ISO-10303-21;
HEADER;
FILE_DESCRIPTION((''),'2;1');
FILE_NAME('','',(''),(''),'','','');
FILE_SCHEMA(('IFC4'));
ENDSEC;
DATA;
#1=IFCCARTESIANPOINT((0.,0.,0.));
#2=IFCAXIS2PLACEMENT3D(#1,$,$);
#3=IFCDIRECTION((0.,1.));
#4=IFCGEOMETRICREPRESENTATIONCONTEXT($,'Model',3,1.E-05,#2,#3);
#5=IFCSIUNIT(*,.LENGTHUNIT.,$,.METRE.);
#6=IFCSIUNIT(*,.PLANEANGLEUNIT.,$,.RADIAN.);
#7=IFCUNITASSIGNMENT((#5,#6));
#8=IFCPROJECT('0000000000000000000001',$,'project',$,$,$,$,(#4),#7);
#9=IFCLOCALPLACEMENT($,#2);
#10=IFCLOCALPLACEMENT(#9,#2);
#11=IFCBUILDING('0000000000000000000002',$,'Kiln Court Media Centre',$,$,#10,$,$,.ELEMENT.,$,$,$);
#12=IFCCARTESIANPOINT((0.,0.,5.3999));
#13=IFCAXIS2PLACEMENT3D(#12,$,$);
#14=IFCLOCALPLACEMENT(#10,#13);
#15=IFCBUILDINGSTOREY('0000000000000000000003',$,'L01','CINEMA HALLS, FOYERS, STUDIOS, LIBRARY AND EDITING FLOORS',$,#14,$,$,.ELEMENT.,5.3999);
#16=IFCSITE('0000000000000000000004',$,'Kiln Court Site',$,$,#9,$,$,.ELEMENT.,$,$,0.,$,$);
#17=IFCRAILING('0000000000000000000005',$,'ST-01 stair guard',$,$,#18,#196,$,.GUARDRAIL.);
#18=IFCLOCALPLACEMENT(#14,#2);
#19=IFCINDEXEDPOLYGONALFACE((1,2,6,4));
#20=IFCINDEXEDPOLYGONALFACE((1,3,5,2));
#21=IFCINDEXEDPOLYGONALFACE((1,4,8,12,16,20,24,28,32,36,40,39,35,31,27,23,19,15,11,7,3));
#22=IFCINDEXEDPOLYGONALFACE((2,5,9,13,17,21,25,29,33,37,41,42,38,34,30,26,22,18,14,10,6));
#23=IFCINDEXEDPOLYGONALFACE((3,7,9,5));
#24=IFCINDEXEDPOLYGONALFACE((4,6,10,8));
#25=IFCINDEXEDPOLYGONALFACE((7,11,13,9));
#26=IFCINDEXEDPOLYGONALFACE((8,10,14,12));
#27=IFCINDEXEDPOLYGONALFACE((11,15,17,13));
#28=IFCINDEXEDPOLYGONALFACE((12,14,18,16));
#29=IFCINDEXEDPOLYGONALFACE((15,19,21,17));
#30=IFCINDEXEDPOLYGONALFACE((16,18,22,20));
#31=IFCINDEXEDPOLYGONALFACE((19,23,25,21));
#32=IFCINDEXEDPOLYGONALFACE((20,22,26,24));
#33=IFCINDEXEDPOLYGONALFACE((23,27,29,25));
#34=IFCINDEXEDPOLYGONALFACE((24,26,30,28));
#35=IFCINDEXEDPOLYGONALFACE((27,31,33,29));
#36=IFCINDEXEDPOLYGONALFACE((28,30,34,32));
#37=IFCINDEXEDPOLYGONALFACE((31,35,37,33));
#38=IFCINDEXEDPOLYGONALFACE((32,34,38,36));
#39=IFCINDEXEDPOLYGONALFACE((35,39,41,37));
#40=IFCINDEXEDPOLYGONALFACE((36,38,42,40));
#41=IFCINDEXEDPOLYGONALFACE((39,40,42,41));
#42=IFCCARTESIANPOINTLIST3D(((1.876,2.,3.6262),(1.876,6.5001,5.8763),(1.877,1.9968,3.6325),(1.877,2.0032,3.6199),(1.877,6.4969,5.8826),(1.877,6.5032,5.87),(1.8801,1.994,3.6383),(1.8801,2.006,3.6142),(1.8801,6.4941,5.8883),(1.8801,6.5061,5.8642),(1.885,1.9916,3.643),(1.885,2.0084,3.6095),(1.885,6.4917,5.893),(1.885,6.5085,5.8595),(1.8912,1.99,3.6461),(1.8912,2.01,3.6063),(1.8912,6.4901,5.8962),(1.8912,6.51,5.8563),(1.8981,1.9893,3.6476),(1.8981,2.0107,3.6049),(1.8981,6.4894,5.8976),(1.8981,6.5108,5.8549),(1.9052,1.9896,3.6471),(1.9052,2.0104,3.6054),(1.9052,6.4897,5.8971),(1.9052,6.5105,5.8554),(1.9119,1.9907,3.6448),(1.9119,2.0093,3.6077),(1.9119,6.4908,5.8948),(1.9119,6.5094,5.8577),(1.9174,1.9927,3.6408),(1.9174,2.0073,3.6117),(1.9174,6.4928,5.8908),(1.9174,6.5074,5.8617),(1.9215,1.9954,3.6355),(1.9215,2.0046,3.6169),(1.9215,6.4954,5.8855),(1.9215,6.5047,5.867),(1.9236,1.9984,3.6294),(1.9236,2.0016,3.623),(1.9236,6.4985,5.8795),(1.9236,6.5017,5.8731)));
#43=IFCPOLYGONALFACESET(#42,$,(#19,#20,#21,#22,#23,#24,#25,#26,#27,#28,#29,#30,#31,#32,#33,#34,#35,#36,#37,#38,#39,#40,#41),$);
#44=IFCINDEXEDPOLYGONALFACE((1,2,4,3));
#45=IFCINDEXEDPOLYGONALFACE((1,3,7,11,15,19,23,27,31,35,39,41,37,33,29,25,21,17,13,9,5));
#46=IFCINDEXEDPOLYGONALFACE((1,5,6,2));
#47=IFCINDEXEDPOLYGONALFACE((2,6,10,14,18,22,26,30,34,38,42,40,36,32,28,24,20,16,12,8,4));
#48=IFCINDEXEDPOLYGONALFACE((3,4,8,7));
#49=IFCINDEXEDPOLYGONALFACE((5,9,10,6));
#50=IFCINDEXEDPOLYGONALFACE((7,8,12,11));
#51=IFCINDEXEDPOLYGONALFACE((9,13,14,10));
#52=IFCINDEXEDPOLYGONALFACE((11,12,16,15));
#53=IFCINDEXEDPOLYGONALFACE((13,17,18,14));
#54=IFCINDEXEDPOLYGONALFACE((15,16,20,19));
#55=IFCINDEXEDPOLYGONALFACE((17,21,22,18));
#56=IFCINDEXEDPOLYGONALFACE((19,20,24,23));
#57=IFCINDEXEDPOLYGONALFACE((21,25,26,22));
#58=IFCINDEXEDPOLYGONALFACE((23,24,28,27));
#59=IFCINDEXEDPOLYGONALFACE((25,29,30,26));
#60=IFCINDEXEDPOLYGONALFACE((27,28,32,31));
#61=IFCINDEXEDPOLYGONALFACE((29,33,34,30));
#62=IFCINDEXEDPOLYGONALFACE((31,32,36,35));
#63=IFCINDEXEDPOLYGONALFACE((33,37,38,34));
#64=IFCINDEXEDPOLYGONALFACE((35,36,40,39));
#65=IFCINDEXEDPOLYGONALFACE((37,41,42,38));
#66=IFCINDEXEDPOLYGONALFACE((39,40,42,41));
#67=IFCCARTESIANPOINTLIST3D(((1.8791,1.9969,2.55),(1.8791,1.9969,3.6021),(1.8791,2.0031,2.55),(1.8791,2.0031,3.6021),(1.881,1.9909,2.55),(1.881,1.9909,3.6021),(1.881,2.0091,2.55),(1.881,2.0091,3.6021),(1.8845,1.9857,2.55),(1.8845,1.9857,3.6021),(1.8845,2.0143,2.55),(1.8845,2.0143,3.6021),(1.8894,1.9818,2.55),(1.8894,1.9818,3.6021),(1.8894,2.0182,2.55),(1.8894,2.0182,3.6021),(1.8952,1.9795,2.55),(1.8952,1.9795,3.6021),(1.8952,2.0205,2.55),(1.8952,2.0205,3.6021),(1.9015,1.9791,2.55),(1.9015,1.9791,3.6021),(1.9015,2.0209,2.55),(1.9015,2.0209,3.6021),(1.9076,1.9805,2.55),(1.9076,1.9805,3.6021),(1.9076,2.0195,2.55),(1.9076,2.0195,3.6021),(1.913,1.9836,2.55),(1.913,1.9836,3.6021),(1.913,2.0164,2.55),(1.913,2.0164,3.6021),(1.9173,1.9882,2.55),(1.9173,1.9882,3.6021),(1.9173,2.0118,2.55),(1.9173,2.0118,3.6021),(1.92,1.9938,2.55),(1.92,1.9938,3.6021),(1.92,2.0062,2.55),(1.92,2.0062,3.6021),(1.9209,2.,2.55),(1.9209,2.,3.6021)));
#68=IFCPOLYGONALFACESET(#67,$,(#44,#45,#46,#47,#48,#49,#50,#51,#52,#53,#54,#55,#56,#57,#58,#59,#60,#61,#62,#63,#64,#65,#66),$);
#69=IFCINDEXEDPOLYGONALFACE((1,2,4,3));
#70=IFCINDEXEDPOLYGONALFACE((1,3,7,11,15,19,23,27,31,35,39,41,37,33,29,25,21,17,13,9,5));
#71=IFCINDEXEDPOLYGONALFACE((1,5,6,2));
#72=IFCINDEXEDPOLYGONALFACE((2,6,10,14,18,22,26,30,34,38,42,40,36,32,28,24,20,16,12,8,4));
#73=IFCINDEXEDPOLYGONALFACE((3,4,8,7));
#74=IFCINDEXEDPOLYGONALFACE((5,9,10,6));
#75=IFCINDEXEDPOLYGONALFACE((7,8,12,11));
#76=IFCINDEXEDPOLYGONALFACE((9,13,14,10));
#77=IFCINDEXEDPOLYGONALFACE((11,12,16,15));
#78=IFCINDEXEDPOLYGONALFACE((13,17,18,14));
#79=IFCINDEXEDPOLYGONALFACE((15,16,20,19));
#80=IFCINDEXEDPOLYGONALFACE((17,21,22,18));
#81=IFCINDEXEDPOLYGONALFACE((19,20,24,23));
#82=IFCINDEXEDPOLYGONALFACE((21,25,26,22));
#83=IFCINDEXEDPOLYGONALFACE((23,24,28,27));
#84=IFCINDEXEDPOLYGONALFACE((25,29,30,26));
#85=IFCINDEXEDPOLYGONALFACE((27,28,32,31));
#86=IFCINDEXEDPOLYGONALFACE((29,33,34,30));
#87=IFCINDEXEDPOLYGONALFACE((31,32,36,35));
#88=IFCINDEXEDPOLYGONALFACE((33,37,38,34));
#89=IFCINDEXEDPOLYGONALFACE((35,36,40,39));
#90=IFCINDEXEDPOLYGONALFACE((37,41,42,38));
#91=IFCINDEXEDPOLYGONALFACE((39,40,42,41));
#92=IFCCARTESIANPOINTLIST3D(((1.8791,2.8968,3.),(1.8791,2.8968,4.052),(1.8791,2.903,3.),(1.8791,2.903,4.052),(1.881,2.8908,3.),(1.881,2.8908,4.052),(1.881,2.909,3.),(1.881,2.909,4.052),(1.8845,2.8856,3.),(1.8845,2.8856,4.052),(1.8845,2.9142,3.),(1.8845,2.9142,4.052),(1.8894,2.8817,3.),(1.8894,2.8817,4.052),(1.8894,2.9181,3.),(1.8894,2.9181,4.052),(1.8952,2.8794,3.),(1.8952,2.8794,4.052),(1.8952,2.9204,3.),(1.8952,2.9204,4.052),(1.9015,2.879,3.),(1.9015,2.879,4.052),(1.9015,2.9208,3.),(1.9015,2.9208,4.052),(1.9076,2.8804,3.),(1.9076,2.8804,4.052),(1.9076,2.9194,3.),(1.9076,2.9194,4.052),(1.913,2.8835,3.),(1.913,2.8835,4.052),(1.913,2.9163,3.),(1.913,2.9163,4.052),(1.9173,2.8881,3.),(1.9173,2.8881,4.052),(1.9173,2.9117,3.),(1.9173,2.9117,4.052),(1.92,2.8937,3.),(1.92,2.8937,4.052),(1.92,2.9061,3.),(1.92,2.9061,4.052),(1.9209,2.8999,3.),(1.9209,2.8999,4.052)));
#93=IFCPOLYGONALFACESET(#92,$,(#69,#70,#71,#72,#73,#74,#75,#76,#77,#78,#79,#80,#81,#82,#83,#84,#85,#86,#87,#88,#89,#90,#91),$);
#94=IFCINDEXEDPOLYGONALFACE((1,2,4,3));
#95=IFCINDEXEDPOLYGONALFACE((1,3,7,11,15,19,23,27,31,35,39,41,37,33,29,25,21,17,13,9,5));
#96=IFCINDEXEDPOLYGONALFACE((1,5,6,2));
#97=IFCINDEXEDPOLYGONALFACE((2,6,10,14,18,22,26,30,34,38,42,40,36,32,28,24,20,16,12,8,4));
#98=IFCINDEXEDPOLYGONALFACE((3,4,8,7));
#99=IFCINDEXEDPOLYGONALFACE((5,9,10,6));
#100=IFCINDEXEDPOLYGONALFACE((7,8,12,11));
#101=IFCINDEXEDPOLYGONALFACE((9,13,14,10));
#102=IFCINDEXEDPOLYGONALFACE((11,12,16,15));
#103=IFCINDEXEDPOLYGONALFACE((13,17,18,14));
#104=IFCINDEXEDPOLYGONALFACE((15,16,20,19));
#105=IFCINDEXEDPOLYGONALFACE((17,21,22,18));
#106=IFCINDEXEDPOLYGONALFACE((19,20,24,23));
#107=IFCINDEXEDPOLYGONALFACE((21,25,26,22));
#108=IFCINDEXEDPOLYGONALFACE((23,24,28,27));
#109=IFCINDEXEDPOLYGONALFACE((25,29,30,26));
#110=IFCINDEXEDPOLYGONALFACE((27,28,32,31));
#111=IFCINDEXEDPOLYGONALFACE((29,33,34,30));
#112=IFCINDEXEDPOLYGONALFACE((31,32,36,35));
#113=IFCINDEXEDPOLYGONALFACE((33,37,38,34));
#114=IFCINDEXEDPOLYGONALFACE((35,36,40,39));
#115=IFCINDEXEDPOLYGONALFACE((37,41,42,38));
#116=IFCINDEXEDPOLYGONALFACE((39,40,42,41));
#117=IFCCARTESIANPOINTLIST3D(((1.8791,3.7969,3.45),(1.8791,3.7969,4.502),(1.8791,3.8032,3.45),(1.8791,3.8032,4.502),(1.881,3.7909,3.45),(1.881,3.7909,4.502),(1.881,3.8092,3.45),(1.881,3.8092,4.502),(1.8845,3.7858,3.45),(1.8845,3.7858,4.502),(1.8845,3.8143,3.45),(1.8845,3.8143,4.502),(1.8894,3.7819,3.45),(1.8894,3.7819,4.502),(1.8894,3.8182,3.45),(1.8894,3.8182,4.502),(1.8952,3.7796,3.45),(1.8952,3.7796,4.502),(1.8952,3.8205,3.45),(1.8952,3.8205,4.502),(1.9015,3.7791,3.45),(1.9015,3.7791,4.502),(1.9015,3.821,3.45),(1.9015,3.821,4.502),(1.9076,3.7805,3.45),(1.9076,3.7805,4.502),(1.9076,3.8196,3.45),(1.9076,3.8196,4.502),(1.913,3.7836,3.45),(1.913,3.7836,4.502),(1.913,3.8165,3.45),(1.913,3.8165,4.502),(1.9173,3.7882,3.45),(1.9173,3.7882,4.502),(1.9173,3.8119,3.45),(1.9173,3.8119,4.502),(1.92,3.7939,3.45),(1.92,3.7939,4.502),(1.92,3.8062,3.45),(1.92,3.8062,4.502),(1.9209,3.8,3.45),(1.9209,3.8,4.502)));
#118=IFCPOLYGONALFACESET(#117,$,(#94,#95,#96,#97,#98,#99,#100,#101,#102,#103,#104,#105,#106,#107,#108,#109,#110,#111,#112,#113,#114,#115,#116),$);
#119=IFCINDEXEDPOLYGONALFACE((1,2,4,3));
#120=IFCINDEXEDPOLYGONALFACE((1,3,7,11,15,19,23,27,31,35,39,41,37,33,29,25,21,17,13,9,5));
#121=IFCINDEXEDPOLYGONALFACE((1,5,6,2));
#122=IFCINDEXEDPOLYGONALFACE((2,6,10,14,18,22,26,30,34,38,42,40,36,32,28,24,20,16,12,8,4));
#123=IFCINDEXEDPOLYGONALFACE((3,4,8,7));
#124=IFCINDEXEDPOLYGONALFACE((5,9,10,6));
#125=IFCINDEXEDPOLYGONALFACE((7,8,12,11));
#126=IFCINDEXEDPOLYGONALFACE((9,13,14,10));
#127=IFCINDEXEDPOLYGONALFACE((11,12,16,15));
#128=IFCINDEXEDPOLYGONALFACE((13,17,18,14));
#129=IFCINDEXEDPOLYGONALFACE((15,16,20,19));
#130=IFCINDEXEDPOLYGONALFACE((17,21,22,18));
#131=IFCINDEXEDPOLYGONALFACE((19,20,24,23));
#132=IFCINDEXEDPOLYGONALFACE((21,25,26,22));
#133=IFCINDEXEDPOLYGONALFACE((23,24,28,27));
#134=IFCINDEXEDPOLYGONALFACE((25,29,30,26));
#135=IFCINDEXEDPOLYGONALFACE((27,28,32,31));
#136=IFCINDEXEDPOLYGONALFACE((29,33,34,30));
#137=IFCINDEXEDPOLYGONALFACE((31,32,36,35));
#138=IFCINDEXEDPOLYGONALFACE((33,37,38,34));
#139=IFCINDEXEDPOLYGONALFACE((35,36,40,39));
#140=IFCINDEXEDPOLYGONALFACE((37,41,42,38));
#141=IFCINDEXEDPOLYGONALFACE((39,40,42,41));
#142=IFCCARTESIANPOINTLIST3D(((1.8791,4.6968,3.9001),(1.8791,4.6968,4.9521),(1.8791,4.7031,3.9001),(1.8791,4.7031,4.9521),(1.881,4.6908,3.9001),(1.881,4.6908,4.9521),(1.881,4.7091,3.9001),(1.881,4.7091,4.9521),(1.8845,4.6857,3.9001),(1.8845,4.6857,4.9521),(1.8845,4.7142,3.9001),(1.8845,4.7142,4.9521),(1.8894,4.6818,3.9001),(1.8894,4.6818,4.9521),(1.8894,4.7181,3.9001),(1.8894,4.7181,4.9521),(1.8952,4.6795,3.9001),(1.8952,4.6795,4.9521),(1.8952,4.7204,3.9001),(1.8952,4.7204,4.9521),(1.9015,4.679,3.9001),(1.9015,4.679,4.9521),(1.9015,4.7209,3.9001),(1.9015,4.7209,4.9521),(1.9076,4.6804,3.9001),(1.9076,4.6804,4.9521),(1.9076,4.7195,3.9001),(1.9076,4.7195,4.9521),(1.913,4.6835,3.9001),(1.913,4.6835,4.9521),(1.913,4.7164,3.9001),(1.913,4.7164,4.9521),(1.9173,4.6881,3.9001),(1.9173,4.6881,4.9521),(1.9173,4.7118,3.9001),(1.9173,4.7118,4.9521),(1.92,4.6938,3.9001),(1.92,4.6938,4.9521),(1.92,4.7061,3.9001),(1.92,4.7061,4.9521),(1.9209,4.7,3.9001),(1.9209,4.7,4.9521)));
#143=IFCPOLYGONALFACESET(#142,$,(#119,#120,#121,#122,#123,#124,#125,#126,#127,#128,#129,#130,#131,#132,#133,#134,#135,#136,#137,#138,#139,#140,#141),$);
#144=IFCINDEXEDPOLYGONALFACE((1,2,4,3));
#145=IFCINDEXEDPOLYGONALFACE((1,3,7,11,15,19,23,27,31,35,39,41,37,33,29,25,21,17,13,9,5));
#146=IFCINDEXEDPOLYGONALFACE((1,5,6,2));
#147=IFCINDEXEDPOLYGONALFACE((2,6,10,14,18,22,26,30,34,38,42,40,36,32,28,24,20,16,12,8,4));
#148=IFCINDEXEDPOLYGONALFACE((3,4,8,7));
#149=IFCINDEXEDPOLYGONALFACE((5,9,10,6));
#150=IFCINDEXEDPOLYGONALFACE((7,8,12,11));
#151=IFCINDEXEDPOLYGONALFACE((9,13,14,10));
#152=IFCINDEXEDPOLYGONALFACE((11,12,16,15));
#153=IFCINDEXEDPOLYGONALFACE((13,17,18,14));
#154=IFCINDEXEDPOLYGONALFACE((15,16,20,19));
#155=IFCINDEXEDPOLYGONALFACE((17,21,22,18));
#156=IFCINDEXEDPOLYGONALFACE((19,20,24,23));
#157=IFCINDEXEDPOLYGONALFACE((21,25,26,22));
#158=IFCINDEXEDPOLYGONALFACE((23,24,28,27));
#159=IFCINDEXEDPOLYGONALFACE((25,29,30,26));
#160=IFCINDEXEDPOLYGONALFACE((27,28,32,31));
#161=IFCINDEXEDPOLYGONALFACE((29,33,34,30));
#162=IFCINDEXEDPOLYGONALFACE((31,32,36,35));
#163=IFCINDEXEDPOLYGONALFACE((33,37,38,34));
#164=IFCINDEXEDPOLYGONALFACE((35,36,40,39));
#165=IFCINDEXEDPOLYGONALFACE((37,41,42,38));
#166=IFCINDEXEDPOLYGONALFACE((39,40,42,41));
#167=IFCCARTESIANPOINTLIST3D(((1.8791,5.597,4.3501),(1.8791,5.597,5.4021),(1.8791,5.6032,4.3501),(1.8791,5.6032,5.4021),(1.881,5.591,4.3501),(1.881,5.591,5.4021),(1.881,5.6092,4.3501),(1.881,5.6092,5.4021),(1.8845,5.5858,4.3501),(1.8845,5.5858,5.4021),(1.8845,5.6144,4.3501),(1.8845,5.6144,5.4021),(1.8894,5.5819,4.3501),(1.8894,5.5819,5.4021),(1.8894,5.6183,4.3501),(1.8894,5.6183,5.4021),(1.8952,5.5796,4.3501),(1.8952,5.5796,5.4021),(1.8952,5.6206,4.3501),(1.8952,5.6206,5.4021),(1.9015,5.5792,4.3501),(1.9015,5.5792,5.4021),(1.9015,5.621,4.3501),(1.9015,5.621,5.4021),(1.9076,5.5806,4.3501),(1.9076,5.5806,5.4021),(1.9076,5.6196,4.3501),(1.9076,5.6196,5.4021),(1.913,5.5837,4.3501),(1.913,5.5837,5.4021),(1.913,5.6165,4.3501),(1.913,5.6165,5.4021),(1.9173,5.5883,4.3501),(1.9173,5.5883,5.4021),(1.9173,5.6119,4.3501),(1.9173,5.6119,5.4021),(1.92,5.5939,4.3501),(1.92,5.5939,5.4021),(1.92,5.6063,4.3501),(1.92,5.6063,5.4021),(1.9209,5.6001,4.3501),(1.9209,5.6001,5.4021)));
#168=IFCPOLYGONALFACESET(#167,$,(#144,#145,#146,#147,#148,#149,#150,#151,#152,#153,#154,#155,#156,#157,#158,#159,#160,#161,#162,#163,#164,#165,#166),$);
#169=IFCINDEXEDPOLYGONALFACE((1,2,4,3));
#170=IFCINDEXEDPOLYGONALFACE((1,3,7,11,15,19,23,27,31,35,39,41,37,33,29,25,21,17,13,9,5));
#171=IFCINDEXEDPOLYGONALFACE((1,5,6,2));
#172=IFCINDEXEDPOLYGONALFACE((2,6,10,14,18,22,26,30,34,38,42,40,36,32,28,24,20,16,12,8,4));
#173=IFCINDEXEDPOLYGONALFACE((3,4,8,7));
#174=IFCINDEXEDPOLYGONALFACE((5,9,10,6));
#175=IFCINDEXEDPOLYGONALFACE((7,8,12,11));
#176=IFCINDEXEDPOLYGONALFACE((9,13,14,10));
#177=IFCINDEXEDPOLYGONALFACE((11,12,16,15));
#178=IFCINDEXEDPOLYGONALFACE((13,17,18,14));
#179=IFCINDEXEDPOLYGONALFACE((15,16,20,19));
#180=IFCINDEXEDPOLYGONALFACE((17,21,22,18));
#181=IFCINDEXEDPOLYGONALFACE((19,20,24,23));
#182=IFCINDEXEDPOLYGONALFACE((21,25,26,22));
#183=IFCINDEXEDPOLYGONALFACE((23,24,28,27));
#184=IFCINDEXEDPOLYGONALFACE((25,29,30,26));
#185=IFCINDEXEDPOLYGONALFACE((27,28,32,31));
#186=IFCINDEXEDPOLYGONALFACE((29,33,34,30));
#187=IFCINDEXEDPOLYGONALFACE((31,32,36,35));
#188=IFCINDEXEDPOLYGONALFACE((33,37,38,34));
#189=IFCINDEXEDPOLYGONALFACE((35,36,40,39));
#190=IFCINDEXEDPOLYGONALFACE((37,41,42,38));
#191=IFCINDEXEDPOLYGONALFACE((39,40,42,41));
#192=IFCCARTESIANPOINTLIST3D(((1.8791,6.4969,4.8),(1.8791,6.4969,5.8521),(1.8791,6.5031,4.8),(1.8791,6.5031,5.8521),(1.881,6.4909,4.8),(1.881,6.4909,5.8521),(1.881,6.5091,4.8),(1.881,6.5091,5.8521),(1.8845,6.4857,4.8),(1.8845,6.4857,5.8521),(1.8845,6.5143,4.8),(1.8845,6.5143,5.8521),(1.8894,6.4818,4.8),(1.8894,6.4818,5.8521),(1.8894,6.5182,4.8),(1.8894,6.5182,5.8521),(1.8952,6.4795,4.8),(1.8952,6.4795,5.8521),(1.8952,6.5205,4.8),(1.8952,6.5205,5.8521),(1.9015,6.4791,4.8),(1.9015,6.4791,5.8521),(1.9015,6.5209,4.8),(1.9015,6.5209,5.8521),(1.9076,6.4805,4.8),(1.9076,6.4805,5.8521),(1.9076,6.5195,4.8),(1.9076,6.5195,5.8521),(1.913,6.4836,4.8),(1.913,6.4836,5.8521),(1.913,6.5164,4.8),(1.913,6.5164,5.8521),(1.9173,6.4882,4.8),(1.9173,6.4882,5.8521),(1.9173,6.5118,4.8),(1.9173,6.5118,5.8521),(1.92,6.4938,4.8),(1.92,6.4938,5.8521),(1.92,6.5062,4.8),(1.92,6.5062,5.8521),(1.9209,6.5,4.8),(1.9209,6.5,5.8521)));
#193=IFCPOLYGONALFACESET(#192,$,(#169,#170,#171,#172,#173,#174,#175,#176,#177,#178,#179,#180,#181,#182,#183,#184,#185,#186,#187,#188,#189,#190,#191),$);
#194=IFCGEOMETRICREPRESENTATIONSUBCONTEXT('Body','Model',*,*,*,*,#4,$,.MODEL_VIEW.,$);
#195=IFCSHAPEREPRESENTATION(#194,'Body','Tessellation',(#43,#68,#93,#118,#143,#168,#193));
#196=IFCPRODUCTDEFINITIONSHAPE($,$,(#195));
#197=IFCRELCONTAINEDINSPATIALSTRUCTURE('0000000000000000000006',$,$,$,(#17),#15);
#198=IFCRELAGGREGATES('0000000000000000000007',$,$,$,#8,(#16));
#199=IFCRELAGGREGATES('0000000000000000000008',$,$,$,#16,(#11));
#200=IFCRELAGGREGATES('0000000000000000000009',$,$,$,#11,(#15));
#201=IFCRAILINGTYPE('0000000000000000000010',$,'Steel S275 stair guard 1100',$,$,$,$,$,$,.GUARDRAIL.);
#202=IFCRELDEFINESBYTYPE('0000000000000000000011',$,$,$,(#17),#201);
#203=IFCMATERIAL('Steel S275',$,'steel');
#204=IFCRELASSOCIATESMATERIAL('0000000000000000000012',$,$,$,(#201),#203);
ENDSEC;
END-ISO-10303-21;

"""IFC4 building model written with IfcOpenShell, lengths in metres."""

from ifc_helpers import new_model, si_unit, direction, frame, origin, origin_2d, place, context, subcontext, project, spatial, circle, extrude, material, type_object, element, save


model = new_model("IFC4")

# Units and contexts
model_context = context("Model", 3, precision=1e-05, world=origin(), true_north=direction((0.0, 1.0)))
body_context = subcontext(model_context, "Body", "Model", "MODEL_VIEW")
ifc_project = project(units=[si_unit("LENGTHUNIT", "METRE"), si_unit("PLANEANGLEUNIT", "RADIAN")], contexts=[model_context])

# Site, building, storey
site_placement = place(None, origin())
site = spatial("IfcSite", under=ifc_project, at=site_placement, Name="Kiln Court Site", CompositionType="ELEMENT", RefElevation=0.0)
building_placement = place(site_placement, origin())
building = spatial("IfcBuilding", under=site, at=building_placement, Name="Kiln Court Media Centre", CompositionType="ELEMENT")
storey_placement = place(building_placement, frame((0.0, 0.0, 5.3999)))
storey = spatial("IfcBuildingStorey", under=building, at=storey_placement, Name="L01", Description="CINEMA HALLS, FOYERS, STUDIOS, LIBRARY AND EDITING FLOORS", CompositionType="ELEMENT", Elevation=5.3999)

# Railing
ifc_material_1 = material(Name="Steel S275", Category="steel")
railing_type_1 = type_object("IfcRailingType", Name="Steel S275 stair guard 1100", PredefinedType="GUARDRAIL", material=ifc_material_1)
railing_1_placement = place(storey_placement, frame((1.8999, 2.0, 2.55)))
element("IfcRailing", 1, at=railing_1_placement, inside=storey, type_object=railing_type_1, Name="ST-01 stair guard", PredefinedType="GUARDRAIL", context=body_context, shape_type="SweptSolid", body=[
    extrude(circle(Radius=0.0239, at=origin_2d()), frame((0.0, 0.0, 1.0762), z_axis=(0.0, 0.894427, 0.447214), x_axis=(-1.0, 0.0, 0.0)), (0.0, 0.0, 1.0), 5.0312),
    extrude(circle(Radius=0.021, at=origin_2d()), origin(), (0.0, 0.0, 1.0), 1.052),
    extrude(circle(Radius=0.021, at=origin_2d()), frame((0.0, 0.8999, 0.45)), (0.0, 0.0, 1.0), 1.052),
    extrude(circle(Radius=0.021, at=origin_2d()), frame((0.0, 1.8, 0.8999)), (0.0, 0.0, 1.0), 1.052),
    extrude(circle(Radius=0.021, at=origin_2d()), frame((0.0, 2.7, 1.3501)), (0.0, 0.0, 1.0), 1.052),
    extrude(circle(Radius=0.021, at=origin_2d()), frame((0.0, 3.6001, 1.8)), (0.0, 0.0, 1.0), 1.052),
    extrude(circle(Radius=0.021, at=origin_2d()), frame((0.0, 4.5, 2.25)), (0.0, 0.0, 1.0), 1.052),
])

save(model, "model.ifc")
